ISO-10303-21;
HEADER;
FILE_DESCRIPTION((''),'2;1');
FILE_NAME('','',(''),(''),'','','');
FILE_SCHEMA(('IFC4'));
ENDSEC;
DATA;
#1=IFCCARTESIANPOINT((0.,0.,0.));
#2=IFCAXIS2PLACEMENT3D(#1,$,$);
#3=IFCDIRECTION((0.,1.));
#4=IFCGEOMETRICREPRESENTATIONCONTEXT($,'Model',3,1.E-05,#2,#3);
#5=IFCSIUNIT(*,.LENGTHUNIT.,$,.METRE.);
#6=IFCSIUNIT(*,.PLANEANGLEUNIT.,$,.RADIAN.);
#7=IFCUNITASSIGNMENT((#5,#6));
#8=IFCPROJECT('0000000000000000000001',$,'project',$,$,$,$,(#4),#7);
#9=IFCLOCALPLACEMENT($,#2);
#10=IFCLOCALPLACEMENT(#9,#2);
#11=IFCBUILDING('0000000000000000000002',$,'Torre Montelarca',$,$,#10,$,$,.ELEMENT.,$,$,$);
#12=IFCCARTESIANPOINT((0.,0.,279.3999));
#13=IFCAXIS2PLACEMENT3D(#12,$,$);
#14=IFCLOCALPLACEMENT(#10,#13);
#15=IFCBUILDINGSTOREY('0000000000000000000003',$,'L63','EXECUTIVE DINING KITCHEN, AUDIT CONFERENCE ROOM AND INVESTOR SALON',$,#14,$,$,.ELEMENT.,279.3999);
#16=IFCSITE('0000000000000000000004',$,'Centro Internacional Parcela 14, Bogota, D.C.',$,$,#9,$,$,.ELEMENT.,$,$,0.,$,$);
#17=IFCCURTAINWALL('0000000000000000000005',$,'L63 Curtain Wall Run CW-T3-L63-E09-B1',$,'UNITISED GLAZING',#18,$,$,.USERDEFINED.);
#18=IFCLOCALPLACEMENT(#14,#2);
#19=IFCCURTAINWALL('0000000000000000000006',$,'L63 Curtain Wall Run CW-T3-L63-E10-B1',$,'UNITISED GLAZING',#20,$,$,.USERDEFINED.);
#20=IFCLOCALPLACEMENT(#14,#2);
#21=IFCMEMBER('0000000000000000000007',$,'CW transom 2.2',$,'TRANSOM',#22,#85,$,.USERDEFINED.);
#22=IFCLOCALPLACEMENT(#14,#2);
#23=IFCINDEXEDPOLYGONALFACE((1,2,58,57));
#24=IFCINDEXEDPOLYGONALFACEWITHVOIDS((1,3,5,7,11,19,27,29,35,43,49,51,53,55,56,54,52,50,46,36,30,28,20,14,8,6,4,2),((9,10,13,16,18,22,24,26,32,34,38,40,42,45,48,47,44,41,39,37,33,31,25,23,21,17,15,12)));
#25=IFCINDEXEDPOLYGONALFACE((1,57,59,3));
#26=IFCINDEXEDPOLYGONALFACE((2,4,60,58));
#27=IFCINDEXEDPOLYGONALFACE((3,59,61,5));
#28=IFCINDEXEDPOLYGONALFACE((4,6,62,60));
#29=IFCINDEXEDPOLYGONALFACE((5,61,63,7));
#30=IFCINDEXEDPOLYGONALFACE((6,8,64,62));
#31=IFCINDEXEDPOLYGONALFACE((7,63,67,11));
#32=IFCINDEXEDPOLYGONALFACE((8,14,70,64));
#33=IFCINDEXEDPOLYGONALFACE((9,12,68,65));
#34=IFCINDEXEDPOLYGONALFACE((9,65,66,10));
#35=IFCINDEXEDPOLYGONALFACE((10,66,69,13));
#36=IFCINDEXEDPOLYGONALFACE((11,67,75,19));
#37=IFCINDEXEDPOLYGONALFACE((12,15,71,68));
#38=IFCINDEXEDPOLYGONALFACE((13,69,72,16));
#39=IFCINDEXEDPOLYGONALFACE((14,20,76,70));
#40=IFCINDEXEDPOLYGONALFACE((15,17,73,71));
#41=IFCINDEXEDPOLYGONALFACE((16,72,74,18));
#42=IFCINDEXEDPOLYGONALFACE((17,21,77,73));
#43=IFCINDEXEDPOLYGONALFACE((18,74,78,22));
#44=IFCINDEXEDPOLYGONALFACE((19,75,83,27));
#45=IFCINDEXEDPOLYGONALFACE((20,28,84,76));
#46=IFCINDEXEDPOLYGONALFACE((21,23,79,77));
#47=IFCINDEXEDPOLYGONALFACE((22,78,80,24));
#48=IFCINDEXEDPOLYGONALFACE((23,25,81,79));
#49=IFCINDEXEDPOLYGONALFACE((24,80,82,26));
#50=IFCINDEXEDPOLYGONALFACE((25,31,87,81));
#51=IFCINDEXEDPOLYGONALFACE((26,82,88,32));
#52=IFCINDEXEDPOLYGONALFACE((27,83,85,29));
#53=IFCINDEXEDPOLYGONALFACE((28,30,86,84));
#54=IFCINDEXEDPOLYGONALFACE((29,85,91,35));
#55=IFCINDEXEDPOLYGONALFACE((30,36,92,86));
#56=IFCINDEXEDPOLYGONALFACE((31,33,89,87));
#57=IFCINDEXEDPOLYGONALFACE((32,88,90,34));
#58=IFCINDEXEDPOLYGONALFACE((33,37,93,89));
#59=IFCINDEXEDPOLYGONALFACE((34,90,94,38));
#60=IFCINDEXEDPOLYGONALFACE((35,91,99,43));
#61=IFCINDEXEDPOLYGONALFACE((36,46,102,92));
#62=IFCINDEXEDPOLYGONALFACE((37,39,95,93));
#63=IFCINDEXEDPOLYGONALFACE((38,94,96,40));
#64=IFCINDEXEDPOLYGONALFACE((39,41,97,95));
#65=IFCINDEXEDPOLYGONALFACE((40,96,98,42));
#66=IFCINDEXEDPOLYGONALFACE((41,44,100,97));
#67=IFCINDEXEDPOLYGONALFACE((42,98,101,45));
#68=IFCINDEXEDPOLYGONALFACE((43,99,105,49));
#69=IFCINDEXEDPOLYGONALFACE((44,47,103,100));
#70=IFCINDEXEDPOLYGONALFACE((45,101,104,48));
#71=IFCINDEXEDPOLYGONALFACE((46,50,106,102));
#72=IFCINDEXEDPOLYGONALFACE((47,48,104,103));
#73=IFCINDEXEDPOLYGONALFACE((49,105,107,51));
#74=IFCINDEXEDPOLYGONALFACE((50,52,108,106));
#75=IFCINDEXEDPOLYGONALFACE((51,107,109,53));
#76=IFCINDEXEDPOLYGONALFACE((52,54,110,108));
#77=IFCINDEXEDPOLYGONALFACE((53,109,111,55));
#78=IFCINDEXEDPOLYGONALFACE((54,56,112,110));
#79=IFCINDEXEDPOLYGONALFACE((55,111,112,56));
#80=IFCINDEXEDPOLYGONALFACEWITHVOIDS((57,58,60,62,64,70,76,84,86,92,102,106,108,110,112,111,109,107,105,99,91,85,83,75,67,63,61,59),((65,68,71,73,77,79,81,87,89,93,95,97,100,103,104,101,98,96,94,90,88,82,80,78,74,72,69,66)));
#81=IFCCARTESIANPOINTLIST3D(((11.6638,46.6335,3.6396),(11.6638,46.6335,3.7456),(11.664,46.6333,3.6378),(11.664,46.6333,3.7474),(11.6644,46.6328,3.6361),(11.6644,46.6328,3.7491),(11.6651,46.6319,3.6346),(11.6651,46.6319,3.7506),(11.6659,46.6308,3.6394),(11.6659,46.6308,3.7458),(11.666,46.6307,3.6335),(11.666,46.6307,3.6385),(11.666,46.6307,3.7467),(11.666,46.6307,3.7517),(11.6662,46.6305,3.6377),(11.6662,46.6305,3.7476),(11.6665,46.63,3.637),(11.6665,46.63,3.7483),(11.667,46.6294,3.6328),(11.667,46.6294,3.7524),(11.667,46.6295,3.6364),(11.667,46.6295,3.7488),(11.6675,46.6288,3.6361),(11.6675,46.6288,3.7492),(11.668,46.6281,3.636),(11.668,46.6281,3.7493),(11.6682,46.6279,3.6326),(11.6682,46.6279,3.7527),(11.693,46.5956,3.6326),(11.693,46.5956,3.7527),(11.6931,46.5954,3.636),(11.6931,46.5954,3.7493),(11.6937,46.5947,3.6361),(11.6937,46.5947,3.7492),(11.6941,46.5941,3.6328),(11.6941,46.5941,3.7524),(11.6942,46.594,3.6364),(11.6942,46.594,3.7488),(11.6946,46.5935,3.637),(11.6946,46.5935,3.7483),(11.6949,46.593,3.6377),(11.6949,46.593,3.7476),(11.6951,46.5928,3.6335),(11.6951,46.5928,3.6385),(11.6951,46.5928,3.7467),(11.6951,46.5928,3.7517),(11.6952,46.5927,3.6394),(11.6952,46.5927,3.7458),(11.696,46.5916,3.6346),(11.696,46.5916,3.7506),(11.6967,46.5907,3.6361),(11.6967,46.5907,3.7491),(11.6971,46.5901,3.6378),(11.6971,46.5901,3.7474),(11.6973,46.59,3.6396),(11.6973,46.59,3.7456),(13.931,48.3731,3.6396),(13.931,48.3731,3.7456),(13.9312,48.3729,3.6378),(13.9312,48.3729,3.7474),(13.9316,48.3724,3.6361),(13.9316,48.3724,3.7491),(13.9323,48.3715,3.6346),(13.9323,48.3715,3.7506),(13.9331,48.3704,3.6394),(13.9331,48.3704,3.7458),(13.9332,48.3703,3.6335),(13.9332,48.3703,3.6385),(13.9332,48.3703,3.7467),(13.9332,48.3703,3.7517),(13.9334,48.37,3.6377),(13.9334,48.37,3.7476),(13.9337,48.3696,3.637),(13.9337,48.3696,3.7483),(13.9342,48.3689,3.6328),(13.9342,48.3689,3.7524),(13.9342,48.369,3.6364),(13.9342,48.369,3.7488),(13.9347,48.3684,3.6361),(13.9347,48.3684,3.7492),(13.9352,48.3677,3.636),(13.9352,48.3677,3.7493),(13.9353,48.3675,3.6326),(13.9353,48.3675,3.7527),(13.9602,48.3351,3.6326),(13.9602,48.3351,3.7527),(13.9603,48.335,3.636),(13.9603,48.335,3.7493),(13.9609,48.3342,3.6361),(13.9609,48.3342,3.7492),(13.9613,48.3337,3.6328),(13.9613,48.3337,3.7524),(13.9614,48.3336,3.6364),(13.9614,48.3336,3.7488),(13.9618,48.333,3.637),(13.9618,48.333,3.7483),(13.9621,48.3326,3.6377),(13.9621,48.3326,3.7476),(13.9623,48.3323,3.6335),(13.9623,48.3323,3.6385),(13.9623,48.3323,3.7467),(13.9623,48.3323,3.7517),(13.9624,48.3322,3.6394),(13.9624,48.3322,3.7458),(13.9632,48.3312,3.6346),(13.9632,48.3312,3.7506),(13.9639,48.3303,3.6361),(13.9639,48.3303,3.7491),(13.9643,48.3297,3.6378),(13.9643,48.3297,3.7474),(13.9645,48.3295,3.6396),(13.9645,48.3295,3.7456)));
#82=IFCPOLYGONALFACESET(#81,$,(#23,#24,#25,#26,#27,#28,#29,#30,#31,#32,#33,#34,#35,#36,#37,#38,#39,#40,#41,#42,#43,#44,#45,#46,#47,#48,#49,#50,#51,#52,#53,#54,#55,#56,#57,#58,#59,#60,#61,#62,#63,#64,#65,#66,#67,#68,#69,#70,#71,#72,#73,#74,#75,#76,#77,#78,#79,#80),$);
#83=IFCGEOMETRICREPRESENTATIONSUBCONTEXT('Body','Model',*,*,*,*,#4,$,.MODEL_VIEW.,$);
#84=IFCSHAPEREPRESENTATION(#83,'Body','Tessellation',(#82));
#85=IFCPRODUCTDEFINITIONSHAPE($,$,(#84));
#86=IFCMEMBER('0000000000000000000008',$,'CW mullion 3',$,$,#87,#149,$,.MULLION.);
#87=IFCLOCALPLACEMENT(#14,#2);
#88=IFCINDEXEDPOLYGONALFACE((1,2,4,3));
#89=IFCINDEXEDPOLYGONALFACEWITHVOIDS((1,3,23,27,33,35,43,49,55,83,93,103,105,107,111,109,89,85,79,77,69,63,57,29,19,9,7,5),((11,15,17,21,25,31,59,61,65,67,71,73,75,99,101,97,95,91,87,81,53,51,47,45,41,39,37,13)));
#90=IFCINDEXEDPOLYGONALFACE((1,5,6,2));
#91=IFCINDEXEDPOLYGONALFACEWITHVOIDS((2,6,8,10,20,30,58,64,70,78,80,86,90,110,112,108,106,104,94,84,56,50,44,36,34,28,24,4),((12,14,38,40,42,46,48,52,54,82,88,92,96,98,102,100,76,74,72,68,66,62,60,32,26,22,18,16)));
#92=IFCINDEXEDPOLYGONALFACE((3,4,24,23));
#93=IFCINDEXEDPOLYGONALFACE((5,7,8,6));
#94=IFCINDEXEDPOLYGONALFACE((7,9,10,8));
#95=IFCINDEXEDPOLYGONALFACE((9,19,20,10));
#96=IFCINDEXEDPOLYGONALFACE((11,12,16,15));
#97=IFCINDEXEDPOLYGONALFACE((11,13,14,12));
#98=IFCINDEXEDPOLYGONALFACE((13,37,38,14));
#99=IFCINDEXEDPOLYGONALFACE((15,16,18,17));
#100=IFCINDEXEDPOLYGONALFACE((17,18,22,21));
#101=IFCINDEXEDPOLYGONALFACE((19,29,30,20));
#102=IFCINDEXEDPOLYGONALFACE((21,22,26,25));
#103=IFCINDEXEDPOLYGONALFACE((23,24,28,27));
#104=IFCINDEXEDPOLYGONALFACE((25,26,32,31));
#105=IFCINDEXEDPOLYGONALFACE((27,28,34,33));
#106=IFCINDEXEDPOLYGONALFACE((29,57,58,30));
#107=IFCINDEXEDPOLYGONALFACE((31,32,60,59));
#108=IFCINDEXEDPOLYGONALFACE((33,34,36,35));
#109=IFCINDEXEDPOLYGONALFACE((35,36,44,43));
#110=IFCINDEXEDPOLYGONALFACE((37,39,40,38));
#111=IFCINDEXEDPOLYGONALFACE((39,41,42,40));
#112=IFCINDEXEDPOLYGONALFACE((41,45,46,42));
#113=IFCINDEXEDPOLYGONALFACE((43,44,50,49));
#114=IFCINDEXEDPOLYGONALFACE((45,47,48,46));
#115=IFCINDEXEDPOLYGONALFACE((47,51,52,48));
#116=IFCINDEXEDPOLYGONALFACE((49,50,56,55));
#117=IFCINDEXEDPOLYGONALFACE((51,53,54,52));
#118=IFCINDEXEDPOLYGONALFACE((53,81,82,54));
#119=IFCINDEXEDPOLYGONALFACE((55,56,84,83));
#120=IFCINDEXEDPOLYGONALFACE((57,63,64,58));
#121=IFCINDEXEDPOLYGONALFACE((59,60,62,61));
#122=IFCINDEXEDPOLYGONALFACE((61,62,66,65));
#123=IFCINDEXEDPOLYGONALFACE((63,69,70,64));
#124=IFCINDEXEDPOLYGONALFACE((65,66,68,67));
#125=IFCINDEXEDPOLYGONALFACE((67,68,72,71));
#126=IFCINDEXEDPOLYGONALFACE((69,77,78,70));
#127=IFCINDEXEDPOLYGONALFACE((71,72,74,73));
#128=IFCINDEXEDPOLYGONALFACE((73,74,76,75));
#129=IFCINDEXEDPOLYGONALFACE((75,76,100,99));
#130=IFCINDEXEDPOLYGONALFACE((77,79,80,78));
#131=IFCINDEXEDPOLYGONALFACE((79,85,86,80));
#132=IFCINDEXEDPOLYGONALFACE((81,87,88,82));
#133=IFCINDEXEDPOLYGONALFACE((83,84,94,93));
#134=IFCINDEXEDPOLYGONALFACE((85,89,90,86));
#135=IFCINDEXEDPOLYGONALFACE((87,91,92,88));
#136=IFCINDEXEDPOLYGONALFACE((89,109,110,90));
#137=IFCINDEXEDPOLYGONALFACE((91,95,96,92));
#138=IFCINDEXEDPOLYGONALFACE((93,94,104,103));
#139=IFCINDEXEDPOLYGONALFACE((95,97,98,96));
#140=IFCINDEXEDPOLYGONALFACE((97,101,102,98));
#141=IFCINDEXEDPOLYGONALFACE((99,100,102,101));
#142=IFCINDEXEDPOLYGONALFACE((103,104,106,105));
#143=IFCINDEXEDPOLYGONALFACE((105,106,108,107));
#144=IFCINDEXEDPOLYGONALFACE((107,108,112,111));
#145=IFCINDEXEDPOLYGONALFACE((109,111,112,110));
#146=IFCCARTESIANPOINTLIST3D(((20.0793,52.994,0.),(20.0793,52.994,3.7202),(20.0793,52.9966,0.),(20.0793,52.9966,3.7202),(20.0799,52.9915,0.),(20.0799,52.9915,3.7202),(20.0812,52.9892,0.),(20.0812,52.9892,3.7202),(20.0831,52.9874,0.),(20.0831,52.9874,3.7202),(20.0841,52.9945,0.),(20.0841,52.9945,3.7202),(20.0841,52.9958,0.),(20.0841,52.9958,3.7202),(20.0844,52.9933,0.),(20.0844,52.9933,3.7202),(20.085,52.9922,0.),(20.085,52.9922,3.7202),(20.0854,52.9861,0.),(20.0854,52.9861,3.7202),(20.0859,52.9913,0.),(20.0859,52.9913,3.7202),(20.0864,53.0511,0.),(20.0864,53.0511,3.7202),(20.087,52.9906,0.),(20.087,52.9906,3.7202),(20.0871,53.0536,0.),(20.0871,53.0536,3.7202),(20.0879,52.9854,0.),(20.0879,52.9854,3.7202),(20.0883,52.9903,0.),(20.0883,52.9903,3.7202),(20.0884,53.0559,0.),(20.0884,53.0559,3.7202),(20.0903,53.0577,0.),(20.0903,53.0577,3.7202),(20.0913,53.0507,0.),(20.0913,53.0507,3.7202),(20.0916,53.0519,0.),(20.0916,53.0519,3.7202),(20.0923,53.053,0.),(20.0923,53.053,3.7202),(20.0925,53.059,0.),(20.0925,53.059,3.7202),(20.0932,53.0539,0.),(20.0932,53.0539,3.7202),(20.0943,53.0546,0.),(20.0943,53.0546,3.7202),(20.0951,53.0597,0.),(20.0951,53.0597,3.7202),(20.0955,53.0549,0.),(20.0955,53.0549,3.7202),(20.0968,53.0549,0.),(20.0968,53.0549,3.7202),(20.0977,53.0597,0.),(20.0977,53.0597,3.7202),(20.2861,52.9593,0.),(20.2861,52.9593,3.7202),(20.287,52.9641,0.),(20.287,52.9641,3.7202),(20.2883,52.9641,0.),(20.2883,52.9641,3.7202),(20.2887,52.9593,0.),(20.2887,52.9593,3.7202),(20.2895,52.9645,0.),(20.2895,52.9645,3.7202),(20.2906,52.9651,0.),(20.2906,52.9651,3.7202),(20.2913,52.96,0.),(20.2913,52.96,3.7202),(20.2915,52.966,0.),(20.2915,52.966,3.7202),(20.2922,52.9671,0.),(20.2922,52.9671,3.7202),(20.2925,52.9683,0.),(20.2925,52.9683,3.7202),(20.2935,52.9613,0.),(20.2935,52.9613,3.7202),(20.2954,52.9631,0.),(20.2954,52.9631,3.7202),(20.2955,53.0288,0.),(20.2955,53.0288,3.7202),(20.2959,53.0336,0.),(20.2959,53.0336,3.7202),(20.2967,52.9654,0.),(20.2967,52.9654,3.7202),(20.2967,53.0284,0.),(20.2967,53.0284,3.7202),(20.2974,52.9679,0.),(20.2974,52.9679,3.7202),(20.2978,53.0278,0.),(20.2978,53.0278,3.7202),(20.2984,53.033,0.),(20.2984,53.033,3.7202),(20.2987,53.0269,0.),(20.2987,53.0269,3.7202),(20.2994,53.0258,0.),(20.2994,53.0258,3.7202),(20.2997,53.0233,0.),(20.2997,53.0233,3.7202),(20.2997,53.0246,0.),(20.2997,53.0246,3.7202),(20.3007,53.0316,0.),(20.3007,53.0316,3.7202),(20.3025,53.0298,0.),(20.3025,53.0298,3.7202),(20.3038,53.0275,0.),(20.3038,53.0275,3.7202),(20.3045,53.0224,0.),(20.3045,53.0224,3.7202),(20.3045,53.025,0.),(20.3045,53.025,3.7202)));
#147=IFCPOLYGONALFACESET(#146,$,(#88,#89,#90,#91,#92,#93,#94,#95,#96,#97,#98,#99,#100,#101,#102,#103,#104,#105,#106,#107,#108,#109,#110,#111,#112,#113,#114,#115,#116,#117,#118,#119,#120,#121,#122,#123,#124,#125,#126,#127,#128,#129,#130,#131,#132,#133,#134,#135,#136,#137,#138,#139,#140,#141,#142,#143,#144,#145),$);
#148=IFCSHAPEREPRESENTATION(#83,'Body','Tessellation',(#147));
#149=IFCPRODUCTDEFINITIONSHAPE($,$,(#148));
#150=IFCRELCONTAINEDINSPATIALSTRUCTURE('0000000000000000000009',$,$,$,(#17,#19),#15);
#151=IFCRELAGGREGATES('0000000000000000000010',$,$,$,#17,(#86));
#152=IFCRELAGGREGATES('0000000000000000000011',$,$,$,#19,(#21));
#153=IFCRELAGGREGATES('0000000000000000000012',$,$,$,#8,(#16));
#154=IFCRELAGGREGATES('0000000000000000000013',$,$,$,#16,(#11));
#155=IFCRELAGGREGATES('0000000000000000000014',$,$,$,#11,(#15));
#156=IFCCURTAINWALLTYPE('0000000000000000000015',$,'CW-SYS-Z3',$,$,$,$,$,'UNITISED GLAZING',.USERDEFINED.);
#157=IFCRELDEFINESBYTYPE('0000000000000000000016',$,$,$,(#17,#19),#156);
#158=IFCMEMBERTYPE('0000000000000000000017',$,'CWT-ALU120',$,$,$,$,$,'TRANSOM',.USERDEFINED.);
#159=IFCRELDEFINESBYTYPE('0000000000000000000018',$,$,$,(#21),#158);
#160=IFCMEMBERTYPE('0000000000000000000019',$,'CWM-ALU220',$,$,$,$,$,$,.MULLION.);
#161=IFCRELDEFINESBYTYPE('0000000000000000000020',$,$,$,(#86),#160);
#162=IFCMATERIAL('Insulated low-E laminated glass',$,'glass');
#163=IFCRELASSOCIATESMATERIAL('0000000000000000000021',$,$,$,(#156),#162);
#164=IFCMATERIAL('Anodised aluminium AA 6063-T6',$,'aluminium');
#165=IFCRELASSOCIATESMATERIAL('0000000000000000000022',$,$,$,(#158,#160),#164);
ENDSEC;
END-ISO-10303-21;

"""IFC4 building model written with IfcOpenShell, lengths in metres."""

from ifc_helpers import new_model, si_unit, direction, frame, origin, origin_2d, place, context, subcontext, project, spatial, hollow_rectangle, extrude, source, transform, mapped, material, material_profile, profile_set, type_object, element, aggregate, save


model = new_model("IFC4")

# Units and contexts
model_context = context("Model", 3, precision=1e-05, world=origin(), true_north=direction((0.0, 1.0)))
body_context = subcontext(model_context, "Body", "Model", "MODEL_VIEW")
ifc_project = project(units=[si_unit("LENGTHUNIT", "METRE"), si_unit("PLANEANGLEUNIT", "RADIAN")], contexts=[model_context])

# Site, building, storey
site_placement = place(None, origin())
site = spatial("IfcSite", under=ifc_project, at=site_placement, Name="Centro Internacional Parcela 14, Bogota, D.C.", CompositionType="ELEMENT", RefElevation=0.0)
building_placement = place(site_placement, origin())
building = spatial("IfcBuilding", under=site, at=building_placement, Name="Torre Montelarca", CompositionType="ELEMENT")
storey_placement = place(building_placement, frame((0.0, 0.0, 279.3999)))
storey = spatial("IfcBuildingStorey", under=building, at=storey_placement, Name="L63", Description="EXECUTIVE DINING KITCHEN, AUDIT CONFERENCE ROOM AND INVESTOR SALON", CompositionType="ELEMENT", Elevation=279.3999)

# Curtain wall
ifc_material_1 = material(Name="Insulated low-E laminated glass", Category="glass")
curtain_wall_type = type_object("IfcCurtainWallType", Name="CW-SYS-Z3", ElementType="UNITISED GLAZING", PredefinedType="USERDEFINED", material=ifc_material_1)
curtain_wall_1_placement = place(storey_placement, origin())
curtain_wall_1 = element("IfcCurtainWall", 1, at=curtain_wall_1_placement, inside=storey, type_object=curtain_wall_type, Name="L63 Curtain Wall Run CW-T3-L63-E09-B1", ObjectType="UNITISED GLAZING", PredefinedType="USERDEFINED")
ifc_material_2 = material(Name="Anodised aluminium AA 6063-T6", Category="aluminium")
ifc_material_profile_1 = material_profile(ifc_material_2, hollow_rectangle(XDim=0.0549, YDim=0.1201, WallThickness=0.0034, InnerFilletRadius=0.0034, OuterFilletRadius=0.0071, at=origin_2d()), Name="ALU55X120X3.5", Category="aluminium")
ifc_profile_set_1 = profile_set([ifc_material_profile_1], Name="Anodised aluminium AA 6063-T6")
member_type_1 = type_object("IfcMemberType", Name="CWT-ALU120", ElementType="TRANSOM", PredefinedType="USERDEFINED", material=ifc_profile_set_1)

# Curtain wall, member
curtain_wall_2_placement = place(storey_placement, origin())
curtain_wall_2 = element("IfcCurtainWall", 2, at=curtain_wall_2_placement, inside=storey, type_object=curtain_wall_type, Name="L63 Curtain Wall Run CW-T3-L63-E10-B1", ObjectType="UNITISED GLAZING", PredefinedType="USERDEFINED")
shared_shape_1 = source(origin(), body_context, "Body", "SweptSolid", [
    extrude(hollow_rectangle(XDim=0.0549, YDim=0.1201, WallThickness=0.0034, InnerFilletRadius=0.0034, OuterFilletRadius=0.0071, at=origin_2d()), origin(), (0.0, 0.0, 1.0), 2.8577),
])
member_1_placement = place(storey_placement, frame((13.9478, 48.3513, 3.6926), z_axis=(-0.79337, -0.60874, 0.0), x_axis=(0.60874, -0.79337, 0.0)))
member_1 = element("IfcMember", 3, at=member_1_placement, type_object=member_type_1, Name="CW transom 2.2", ObjectType="TRANSOM", PredefinedType="USERDEFINED", context=body_context, shape_type="MappedRepresentation", body=[
    mapped(shared_shape_1, transform((0.0, 0.0, 0.0), scale=1.0)),
])

# Member
ifc_material_profile_2 = material_profile(ifc_material_2, hollow_rectangle(XDim=0.075, YDim=0.22, WallThickness=0.0049, InnerFilletRadius=0.0049, OuterFilletRadius=0.01, at=origin_2d()), Name="ALU75X220X5", Category="aluminium")
ifc_profile_set_2 = profile_set([ifc_material_profile_2], Name="Anodised aluminium AA 6063-T6")
member_type_2 = type_object("IfcMemberType", Name="CWM-ALU220", PredefinedType="MULLION", material=ifc_profile_set_2)
shared_shape_2 = source(origin(), body_context, "Body", "SweptSolid", [
    extrude(hollow_rectangle(XDim=0.075, YDim=0.22, WallThickness=0.0049, InnerFilletRadius=0.0049, OuterFilletRadius=0.01, at=origin_2d()), origin(), (0.0, 0.0, 1.0), 3.7202),
])
member_2_placement = place(storey_placement, frame((20.1919, 53.0095, 0.0), z_axis=(0.0, 0.0, 1.0), x_axis=(-0.130514, -0.991446, 0.0)))
member_2 = element("IfcMember", 4, at=member_2_placement, type_object=member_type_2, Name="CW mullion 3", PredefinedType="MULLION", context=body_context, shape_type="MappedRepresentation", body=[
    mapped(shared_shape_2, transform((0.0, 0.0, 0.0), scale=1.0)),
])

aggregate(curtain_wall_1, [member_2])
aggregate(curtain_wall_2, [member_1])

save(model, "model.ifc")
